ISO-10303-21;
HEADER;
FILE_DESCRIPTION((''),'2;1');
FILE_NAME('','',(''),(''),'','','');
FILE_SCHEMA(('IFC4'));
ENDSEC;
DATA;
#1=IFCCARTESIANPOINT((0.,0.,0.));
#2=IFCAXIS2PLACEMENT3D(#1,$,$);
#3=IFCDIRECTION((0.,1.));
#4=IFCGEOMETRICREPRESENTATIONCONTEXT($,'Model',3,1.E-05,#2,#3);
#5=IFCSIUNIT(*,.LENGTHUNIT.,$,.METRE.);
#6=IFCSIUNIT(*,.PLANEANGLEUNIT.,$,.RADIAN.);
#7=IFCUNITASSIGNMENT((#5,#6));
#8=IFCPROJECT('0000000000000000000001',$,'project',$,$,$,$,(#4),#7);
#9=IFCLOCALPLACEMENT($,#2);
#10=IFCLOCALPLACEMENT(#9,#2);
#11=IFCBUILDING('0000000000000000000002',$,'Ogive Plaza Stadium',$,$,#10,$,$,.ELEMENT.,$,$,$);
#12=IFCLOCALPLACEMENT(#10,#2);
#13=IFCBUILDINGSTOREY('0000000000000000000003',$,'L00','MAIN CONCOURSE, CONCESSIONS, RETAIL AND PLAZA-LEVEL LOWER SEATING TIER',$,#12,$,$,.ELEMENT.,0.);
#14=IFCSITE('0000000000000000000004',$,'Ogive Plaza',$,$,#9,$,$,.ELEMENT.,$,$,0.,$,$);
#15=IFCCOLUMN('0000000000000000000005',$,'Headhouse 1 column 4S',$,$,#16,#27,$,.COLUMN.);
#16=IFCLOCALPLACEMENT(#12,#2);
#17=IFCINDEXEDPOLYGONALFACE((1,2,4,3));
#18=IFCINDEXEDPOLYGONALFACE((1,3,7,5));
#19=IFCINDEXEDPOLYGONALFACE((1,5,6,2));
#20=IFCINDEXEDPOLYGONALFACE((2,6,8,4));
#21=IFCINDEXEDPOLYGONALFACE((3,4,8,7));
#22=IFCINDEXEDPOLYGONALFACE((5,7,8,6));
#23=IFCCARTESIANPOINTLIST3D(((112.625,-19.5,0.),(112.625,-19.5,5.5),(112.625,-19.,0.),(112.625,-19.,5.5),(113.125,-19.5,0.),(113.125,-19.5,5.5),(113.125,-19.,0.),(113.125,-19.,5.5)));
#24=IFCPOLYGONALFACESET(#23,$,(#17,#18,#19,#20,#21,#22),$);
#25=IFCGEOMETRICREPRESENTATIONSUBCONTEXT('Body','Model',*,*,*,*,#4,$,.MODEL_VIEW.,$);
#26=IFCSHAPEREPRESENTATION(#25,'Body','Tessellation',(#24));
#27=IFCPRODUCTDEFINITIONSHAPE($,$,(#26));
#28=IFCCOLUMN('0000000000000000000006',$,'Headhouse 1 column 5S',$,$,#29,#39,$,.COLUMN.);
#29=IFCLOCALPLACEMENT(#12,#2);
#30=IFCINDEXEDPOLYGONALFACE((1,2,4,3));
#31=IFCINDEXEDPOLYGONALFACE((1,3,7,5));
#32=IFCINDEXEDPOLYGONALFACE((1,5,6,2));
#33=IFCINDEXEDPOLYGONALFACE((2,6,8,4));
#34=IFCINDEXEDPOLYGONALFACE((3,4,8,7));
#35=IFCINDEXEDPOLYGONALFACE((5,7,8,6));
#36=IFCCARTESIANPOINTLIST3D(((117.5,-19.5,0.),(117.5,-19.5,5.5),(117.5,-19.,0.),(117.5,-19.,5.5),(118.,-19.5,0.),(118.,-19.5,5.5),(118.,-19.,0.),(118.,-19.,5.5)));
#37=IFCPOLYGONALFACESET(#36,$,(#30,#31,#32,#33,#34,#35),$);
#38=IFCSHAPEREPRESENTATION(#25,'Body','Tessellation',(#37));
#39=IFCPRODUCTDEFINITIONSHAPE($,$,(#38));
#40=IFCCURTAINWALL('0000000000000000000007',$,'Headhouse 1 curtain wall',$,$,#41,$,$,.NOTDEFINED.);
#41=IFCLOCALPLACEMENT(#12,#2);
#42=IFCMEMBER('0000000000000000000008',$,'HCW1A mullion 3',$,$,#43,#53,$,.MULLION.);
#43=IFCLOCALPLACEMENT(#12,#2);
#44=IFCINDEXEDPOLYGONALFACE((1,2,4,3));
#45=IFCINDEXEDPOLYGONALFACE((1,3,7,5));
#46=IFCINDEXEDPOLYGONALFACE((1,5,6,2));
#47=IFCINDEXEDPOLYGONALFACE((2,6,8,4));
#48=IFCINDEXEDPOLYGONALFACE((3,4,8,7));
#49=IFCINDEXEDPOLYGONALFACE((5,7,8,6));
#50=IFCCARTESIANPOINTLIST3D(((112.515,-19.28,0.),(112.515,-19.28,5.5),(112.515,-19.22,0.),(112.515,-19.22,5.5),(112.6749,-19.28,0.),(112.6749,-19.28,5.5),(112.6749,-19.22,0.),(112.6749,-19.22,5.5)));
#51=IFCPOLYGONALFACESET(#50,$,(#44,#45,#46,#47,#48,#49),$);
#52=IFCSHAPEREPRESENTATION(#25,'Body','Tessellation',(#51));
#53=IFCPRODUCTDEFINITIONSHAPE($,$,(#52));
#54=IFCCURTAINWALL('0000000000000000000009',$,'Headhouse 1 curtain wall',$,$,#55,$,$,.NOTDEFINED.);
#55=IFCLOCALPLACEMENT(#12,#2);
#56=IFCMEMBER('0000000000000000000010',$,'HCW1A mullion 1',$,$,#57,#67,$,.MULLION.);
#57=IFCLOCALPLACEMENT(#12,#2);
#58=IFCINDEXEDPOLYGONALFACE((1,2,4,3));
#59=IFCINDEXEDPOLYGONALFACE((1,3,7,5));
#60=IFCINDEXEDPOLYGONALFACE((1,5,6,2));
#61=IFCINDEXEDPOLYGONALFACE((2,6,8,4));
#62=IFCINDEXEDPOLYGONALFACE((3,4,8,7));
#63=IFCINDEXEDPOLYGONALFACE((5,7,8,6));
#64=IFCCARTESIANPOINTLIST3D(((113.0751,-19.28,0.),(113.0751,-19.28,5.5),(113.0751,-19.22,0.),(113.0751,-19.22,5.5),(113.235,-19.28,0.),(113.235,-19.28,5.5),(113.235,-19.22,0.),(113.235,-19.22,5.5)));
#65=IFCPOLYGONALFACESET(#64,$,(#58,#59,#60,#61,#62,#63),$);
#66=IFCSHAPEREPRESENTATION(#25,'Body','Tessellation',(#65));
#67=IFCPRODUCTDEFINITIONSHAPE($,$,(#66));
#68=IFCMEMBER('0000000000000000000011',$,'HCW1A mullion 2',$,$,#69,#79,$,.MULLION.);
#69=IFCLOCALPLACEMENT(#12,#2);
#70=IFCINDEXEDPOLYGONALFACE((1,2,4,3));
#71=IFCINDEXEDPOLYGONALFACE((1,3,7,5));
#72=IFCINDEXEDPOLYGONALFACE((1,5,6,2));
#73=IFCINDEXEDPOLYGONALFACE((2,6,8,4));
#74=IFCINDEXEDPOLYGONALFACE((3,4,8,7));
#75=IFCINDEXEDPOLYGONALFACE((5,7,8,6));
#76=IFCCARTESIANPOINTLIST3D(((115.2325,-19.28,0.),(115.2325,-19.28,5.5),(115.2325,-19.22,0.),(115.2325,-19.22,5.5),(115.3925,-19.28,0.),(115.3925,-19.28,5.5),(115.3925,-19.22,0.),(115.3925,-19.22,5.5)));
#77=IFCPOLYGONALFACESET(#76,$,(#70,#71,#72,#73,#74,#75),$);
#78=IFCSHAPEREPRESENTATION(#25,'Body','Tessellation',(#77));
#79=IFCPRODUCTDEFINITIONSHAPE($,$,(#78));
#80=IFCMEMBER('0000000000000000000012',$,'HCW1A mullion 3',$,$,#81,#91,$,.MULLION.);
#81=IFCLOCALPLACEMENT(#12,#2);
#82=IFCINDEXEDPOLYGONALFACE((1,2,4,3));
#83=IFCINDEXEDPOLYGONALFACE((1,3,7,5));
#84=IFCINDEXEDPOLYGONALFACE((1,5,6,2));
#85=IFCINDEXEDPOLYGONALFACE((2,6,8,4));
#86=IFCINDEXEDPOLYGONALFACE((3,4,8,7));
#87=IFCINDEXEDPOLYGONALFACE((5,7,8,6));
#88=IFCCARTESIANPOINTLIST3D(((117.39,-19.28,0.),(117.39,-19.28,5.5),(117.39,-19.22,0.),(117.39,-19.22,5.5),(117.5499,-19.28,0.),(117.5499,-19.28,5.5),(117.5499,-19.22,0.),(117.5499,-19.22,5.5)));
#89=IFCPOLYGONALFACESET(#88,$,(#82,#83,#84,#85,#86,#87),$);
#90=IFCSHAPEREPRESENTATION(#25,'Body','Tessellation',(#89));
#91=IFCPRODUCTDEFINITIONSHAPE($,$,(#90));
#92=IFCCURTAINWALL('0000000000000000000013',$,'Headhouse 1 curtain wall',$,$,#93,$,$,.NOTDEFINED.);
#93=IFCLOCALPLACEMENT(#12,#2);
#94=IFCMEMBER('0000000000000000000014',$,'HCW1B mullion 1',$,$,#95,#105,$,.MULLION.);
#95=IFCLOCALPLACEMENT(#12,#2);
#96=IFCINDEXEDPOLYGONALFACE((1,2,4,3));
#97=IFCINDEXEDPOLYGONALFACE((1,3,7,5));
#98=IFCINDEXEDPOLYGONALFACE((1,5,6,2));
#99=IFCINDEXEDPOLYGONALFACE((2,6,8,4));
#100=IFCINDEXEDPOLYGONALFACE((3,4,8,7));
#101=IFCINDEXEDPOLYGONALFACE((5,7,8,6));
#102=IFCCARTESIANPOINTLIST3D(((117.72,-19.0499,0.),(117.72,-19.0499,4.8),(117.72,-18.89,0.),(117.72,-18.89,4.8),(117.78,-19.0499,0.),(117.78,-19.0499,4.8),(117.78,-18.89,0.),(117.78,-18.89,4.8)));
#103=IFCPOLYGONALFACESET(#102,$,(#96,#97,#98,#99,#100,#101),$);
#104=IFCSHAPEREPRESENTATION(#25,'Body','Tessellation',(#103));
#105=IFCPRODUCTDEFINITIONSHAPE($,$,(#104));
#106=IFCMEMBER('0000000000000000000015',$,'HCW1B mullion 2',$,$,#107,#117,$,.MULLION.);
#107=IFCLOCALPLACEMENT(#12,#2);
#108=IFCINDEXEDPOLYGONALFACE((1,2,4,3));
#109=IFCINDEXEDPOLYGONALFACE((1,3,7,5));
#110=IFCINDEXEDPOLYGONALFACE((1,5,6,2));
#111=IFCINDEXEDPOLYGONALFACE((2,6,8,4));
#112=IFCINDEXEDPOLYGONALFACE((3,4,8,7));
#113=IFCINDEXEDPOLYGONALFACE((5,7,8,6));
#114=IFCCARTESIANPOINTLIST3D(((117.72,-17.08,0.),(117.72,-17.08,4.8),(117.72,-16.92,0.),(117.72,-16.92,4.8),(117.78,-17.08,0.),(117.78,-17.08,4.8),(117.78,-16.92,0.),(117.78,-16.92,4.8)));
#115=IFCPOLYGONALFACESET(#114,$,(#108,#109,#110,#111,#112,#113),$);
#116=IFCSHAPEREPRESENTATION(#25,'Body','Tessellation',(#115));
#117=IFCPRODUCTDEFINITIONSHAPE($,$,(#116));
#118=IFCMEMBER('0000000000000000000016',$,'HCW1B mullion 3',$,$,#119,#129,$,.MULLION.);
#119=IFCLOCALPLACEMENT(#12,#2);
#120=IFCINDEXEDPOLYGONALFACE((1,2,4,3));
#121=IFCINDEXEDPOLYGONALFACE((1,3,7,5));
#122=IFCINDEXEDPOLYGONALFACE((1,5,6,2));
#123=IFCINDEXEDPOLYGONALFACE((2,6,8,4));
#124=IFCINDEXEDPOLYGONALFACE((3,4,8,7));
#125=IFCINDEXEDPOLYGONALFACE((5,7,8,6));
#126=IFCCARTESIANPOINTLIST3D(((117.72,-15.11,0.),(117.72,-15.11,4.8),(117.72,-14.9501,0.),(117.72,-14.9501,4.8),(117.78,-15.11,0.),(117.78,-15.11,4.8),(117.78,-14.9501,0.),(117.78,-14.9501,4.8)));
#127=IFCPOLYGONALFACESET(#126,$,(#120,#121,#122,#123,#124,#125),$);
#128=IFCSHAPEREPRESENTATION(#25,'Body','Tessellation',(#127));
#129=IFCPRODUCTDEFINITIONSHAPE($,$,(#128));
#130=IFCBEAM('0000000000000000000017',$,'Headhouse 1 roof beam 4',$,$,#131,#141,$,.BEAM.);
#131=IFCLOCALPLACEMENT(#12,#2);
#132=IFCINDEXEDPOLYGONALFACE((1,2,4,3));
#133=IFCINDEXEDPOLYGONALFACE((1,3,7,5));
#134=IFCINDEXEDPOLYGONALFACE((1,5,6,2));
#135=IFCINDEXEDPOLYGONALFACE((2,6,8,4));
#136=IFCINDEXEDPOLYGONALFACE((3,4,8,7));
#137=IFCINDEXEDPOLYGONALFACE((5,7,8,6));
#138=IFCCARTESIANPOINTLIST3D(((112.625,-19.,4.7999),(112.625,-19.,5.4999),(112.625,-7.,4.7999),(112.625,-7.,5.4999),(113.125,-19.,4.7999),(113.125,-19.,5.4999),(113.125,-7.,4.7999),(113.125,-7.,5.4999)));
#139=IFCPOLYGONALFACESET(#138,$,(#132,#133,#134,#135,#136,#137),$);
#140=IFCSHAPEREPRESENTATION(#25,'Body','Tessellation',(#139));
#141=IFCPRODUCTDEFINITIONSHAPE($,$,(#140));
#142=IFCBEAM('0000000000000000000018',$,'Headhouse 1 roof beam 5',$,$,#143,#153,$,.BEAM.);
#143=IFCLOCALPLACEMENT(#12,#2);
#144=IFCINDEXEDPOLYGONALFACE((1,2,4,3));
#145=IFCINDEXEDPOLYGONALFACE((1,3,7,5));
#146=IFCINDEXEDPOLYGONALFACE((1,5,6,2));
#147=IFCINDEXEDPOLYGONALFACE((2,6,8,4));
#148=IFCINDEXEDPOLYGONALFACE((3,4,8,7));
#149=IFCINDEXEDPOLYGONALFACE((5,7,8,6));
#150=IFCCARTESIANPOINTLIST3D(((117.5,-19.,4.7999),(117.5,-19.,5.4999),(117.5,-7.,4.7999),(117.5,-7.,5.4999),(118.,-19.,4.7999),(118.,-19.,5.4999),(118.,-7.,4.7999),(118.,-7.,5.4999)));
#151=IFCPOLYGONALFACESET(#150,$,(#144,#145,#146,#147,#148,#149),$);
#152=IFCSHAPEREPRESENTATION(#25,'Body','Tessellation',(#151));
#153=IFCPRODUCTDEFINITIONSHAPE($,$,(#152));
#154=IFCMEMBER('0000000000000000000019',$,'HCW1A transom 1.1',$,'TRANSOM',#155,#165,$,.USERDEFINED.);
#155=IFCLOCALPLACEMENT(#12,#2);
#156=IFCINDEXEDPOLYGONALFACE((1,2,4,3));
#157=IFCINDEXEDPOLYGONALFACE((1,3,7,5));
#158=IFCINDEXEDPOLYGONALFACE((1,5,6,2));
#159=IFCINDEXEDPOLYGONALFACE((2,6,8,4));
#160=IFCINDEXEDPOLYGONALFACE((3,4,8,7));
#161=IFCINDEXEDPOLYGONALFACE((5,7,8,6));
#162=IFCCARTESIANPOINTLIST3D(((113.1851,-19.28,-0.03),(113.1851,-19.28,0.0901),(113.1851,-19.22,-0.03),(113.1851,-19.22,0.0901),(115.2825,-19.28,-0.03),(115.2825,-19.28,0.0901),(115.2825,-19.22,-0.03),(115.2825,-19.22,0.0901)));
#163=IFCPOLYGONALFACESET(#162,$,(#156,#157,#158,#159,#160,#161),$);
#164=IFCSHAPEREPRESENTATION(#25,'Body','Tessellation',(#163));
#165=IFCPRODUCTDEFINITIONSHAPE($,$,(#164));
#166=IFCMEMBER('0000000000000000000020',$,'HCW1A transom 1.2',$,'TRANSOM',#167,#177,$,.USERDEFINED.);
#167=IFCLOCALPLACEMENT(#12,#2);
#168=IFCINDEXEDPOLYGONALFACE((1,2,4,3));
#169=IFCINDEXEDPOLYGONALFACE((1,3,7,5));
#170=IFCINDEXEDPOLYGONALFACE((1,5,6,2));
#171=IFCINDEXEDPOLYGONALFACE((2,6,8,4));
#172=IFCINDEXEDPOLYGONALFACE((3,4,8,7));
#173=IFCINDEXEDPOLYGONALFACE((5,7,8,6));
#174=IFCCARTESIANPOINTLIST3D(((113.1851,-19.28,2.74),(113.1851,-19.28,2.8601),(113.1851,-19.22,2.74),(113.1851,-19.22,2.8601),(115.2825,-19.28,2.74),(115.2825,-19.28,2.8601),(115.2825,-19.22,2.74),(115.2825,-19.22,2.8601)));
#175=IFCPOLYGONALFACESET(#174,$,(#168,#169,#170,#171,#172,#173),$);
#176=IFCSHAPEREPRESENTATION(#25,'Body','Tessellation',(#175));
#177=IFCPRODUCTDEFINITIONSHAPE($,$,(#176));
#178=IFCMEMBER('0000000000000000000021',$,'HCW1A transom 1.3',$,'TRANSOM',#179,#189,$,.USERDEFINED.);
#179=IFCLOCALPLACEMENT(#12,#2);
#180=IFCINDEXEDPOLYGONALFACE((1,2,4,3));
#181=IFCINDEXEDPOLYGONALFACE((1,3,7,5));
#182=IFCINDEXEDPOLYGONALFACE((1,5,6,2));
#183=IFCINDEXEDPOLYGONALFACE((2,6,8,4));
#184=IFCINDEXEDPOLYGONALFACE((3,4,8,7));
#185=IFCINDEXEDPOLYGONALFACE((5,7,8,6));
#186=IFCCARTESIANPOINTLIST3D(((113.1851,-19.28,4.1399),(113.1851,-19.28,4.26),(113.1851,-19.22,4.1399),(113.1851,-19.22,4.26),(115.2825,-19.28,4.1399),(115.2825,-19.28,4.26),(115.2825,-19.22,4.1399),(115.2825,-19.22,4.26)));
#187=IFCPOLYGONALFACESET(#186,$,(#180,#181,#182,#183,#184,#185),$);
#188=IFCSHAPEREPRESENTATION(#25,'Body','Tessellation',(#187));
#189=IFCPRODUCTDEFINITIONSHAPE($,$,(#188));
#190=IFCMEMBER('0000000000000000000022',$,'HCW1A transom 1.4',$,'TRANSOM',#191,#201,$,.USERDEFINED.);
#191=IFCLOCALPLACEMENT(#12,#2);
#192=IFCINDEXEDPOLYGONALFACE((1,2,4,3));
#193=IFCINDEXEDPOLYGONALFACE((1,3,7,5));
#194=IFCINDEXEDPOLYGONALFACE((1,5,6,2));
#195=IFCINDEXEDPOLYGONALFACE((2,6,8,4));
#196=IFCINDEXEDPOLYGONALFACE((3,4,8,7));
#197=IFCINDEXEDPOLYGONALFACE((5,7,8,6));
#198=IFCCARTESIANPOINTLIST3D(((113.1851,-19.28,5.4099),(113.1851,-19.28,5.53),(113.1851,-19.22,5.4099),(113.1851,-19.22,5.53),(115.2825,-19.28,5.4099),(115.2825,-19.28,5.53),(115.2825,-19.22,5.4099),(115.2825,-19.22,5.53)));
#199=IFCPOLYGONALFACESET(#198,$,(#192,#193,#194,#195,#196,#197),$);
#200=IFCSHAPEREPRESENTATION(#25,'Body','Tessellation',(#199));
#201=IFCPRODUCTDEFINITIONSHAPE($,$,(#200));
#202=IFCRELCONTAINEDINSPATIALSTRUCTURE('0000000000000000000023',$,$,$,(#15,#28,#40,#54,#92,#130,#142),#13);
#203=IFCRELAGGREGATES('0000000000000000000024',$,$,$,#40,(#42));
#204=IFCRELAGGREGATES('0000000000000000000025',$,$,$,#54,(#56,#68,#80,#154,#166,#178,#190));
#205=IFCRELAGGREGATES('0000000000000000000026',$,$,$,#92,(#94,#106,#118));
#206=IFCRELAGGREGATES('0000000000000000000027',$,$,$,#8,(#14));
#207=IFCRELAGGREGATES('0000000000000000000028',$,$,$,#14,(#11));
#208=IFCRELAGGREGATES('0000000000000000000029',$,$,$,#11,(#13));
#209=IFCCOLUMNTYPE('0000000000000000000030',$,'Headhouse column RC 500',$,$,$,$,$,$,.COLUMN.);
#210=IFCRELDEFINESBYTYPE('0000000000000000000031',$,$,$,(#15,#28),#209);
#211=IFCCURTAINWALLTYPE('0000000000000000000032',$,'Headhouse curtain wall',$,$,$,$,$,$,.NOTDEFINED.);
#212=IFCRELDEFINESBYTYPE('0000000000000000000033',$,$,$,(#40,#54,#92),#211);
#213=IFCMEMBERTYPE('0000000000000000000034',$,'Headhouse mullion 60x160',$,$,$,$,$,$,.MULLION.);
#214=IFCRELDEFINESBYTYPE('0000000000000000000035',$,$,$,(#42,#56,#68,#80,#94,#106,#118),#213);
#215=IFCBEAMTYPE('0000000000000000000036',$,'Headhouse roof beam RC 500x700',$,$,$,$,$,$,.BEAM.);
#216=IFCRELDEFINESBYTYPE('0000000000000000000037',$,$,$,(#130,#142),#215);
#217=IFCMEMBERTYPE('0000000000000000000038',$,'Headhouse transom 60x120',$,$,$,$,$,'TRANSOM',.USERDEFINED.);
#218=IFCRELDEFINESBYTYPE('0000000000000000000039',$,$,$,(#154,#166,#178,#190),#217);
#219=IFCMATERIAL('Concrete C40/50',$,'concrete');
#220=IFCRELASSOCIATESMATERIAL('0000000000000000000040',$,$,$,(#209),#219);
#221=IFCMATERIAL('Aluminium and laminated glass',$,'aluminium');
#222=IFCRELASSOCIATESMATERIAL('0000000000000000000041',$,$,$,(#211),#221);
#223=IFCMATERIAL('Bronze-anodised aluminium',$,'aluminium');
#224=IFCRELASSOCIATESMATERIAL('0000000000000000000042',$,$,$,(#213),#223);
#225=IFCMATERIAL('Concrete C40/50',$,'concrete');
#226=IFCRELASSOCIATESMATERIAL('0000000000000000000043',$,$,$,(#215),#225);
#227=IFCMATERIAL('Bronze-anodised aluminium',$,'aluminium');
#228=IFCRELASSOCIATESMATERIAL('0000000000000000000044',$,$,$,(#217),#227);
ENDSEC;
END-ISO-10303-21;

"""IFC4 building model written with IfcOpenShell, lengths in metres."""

from ifc_helpers import new_model, si_unit, direction, frame, origin, origin_2d, place, context, subcontext, project, spatial, rectangle, extrude, material, material_profile, profile_set, type_object, element, aggregate, save


model = new_model("IFC4")

# Units and contexts
model_context = context("Model", 3, precision=1e-05, world=origin(), true_north=direction((0.0, 1.0)))
body_context = subcontext(model_context, "Body", "Model", "MODEL_VIEW")
ifc_project = project(units=[si_unit("LENGTHUNIT", "METRE"), si_unit("PLANEANGLEUNIT", "RADIAN")], contexts=[model_context])

# Site, building, storey
site_placement = place(None, origin())
site = spatial("IfcSite", under=ifc_project, at=site_placement, Name="Ogive Plaza", CompositionType="ELEMENT", RefElevation=0.0)
building_placement = place(site_placement, origin())
building = spatial("IfcBuilding", under=site, at=building_placement, Name="Ogive Plaza Stadium", CompositionType="ELEMENT")
storey_placement = place(building_placement, origin())
storey = spatial("IfcBuildingStorey", under=building, at=storey_placement, Name="L00", Description="MAIN CONCOURSE, CONCESSIONS, RETAIL AND PLAZA-LEVEL LOWER SEATING TIER", CompositionType="ELEMENT", Elevation=0.0)

# Columns
ifc_material_1 = material(Name="Concrete C40/50", Category="concrete")
ifc_material_profile_1 = material_profile(ifc_material_1, rectangle(XDim=0.5, YDim=0.5, at=origin_2d()), Name="Headhouse column RC 500")
ifc_profile_set_1 = profile_set([ifc_material_profile_1], Name="Concrete C40/50")
column_type = type_object("IfcColumnType", Name="Headhouse column RC 500", PredefinedType="COLUMN", material=ifc_profile_set_1)
for number, where, z_axis, x_axis, name in (
    (1, (112.875, -19.25, 0.0), (0.0, 0.0, 1.0), (1.0, 0.0, 0.0), "Headhouse 1 column 4S"),
    (2, (117.75, -19.25, 0.0), (0.0, 0.0, 1.0), (1.0, 0.0, 0.0), "Headhouse 1 column 5S"),
):
    element("IfcColumn", number, at=place(storey_placement, frame(where, z_axis=z_axis, x_axis=x_axis)), inside=storey, type_object=column_type, Name=name, PredefinedType="COLUMN", context=body_context, shape_type="SweptSolid", body=[
        extrude(rectangle(XDim=0.5, YDim=0.5, at=origin_2d()), origin(), (0.0, 0.0, 1.0), 5.5),
    ])

# Curtain wall, member
ifc_material_2 = material(Name="Aluminium and laminated glass", Category="aluminium")
curtain_wall_type = type_object("IfcCurtainWallType", Name="Headhouse curtain wall", PredefinedType="NOTDEFINED", material=ifc_material_2)
curtain_wall_1_placement = place(storey_placement, origin())
curtain_wall_1 = element("IfcCurtainWall", 3, at=curtain_wall_1_placement, inside=storey, type_object=curtain_wall_type, Name="Headhouse 1 curtain wall", PredefinedType="NOTDEFINED")
ifc_material_3 = material(Name="Bronze-anodised aluminium", Category="aluminium")
ifc_material_profile_2 = material_profile(ifc_material_3, rectangle(XDim=0.0601, YDim=0.1599, at=origin_2d()), Name="Headhouse mullion 60x160")
ifc_profile_set_2 = profile_set([ifc_material_profile_2], Name="Bronze-anodised aluminium")
member_type_1 = type_object("IfcMemberType", Name="Headhouse mullion 60x160", PredefinedType="MULLION", material=ifc_profile_set_2)
member_1_placement = place(storey_placement, frame((112.595, -19.25, 0.0), z_axis=(0.0, 0.0, 1.0), x_axis=(0.0, 1.0, 0.0)))
member_1 = element("IfcMember", 4, at=member_1_placement, type_object=member_type_1, Name="HCW1A mullion 3", PredefinedType="MULLION", context=body_context, shape_type="SweptSolid", body=[
    extrude(rectangle(XDim=0.0601, YDim=0.1599, at=origin_2d()), origin(), (0.0, 0.0, 1.0), 5.5),
])
aggregate(curtain_wall_1, [member_1])

# Curtain walls, members
curtain_wall_2_placement = place(storey_placement, origin())
curtain_wall_2 = element("IfcCurtainWall", 5, at=curtain_wall_2_placement, inside=storey, type_object=curtain_wall_type, Name="Headhouse 1 curtain wall", PredefinedType="NOTDEFINED")
member_2_placement = place(storey_placement, frame((113.155, -19.25, 0.0), z_axis=(0.0, 0.0, 1.0), x_axis=(0.0, 1.0, 0.0)))
member_2 = element("IfcMember", 6, at=member_2_placement, type_object=member_type_1, Name="HCW1A mullion 1", PredefinedType="MULLION", context=body_context, shape_type="SweptSolid", body=[
    extrude(rectangle(XDim=0.0601, YDim=0.1599, at=origin_2d()), origin(), (0.0, 0.0, 1.0), 5.5),
])
member_3_placement = place(storey_placement, frame((115.3125, -19.25, 0.0), z_axis=(0.0, 0.0, 1.0), x_axis=(0.0, 1.0, 0.0)))
member_3 = element("IfcMember", 7, at=member_3_placement, type_object=member_type_1, Name="HCW1A mullion 2", PredefinedType="MULLION", context=body_context, shape_type="SweptSolid", body=[
    extrude(rectangle(XDim=0.0601, YDim=0.1599, at=origin_2d()), origin(), (0.0, 0.0, 1.0), 5.5),
])
member_4_placement = place(storey_placement, frame((117.47, -19.25, 0.0), z_axis=(0.0, 0.0, 1.0), x_axis=(0.0, 1.0, 0.0)))
member_4 = element("IfcMember", 8, at=member_4_placement, type_object=member_type_1, Name="HCW1A mullion 3", PredefinedType="MULLION", context=body_context, shape_type="SweptSolid", body=[
    extrude(rectangle(XDim=0.0601, YDim=0.1599, at=origin_2d()), origin(), (0.0, 0.0, 1.0), 5.5),
])
curtain_wall_3_placement = place(storey_placement, origin())
curtain_wall_3 = element("IfcCurtainWall", 9, at=curtain_wall_3_placement, inside=storey, type_object=curtain_wall_type, Name="Headhouse 1 curtain wall", PredefinedType="NOTDEFINED")
member_5_placement = place(storey_placement, frame((117.75, -18.97, 0.0), z_axis=(0.0, 0.0, 1.0), x_axis=(-1.0, 0.0, 0.0)))
member_5 = element("IfcMember", 10, at=member_5_placement, type_object=member_type_1, Name="HCW1B mullion 1", PredefinedType="MULLION", context=body_context, shape_type="SweptSolid", body=[
    extrude(rectangle(XDim=0.0601, YDim=0.1599, at=origin_2d()), origin(), (0.0, 0.0, 1.0), 4.8),
])
member_6_placement = place(storey_placement, frame((117.75, -17.0, 0.0), z_axis=(0.0, 0.0, 1.0), x_axis=(-1.0, 0.0, 0.0)))
member_6 = element("IfcMember", 11, at=member_6_placement, type_object=member_type_1, Name="HCW1B mullion 2", PredefinedType="MULLION", context=body_context, shape_type="SweptSolid", body=[
    extrude(rectangle(XDim=0.0601, YDim=0.1599, at=origin_2d()), origin(), (0.0, 0.0, 1.0), 4.8),
])
member_7_placement = place(storey_placement, frame((117.75, -15.03, 0.0), z_axis=(0.0, 0.0, 1.0), x_axis=(-1.0, 0.0, 0.0)))
member_7 = element("IfcMember", 12, at=member_7_placement, type_object=member_type_1, Name="HCW1B mullion 3", PredefinedType="MULLION", context=body_context, shape_type="SweptSolid", body=[
    extrude(rectangle(XDim=0.0601, YDim=0.1599, at=origin_2d()), origin(), (0.0, 0.0, 1.0), 4.8),
])

# Beams
ifc_material_4 = material(Name="Concrete C40/50", Category="concrete")
ifc_material_profile_3 = material_profile(ifc_material_4, rectangle(XDim=0.5, YDim=0.7, at=origin_2d()), Name="Headhouse roof beam RC 500x700")
ifc_profile_set_3 = profile_set([ifc_material_profile_3], Name="Concrete C40/50")
beam_type = type_object("IfcBeamType", Name="Headhouse roof beam RC 500x700", PredefinedType="BEAM", material=ifc_profile_set_3)
for number, where, z_axis, x_axis, name in (
    (13, (112.875, -19.0, 5.1499), (0.0, 1.0, 0.0), (-1.0, 0.0, 0.0), "Headhouse 1 roof beam 4"),
    (14, (117.75, -19.0, 5.1499), (0.0, 1.0, 0.0), (-1.0, 0.0, 0.0), "Headhouse 1 roof beam 5"),
):
    element("IfcBeam", number, at=place(storey_placement, frame(where, z_axis=z_axis, x_axis=x_axis)), inside=storey, type_object=beam_type, Name=name, PredefinedType="BEAM", context=body_context, shape_type="SweptSolid", body=[
        extrude(rectangle(XDim=0.5, YDim=0.7, at=origin_2d()), origin(), (0.0, 0.0, 1.0), 12.0),
    ])

# Members
ifc_material_5 = material(Name="Bronze-anodised aluminium", Category="aluminium")
ifc_material_profile_4 = material_profile(ifc_material_5, rectangle(XDim=0.0601, YDim=0.1201, at=origin_2d()), Name="Headhouse transom 60x120")
ifc_profile_set_4 = profile_set([ifc_material_profile_4], Name="Bronze-anodised aluminium")
member_type_2 = type_object("IfcMemberType", Name="Headhouse transom 60x120", ElementType="TRANSOM", PredefinedType="USERDEFINED", material=ifc_profile_set_4)
member_8_placement = place(storey_placement, frame((113.1851, -19.25, 0.03), z_axis=(1.0, 0.0, 0.0), x_axis=(0.0, 1.0, 0.0)))
member_8 = element("IfcMember", 15, at=member_8_placement, type_object=member_type_2, Name="HCW1A transom 1.1", ObjectType="TRANSOM", PredefinedType="USERDEFINED", context=body_context, shape_type="SweptSolid", body=[
    extrude(rectangle(XDim=0.0601, YDim=0.1201, at=origin_2d()), origin(), (0.0, 0.0, 1.0), 2.0974),
])
member_9_placement = place(storey_placement, frame((113.1851, -19.25, 2.8), z_axis=(1.0, 0.0, 0.0), x_axis=(0.0, 1.0, 0.0)))
member_9 = element("IfcMember", 16, at=member_9_placement, type_object=member_type_2, Name="HCW1A transom 1.2", ObjectType="TRANSOM", PredefinedType="USERDEFINED", context=body_context, shape_type="SweptSolid", body=[
    extrude(rectangle(XDim=0.0601, YDim=0.1201, at=origin_2d()), origin(), (0.0, 0.0, 1.0), 2.0974),
])
member_10_placement = place(storey_placement, frame((113.1851, -19.25, 4.2), z_axis=(1.0, 0.0, 0.0), x_axis=(0.0, 1.0, 0.0)))
member_10 = element("IfcMember", 17, at=member_10_placement, type_object=member_type_2, Name="HCW1A transom 1.3", ObjectType="TRANSOM", PredefinedType="USERDEFINED", context=body_context, shape_type="SweptSolid", body=[
    extrude(rectangle(XDim=0.0601, YDim=0.1201, at=origin_2d()), origin(), (0.0, 0.0, 1.0), 2.0974),
])
member_11_placement = place(storey_placement, frame((113.1851, -19.25, 5.47), z_axis=(1.0, 0.0, 0.0), x_axis=(0.0, 1.0, 0.0)))
member_11 = element("IfcMember", 18, at=member_11_placement, type_object=member_type_2, Name="HCW1A transom 1.4", ObjectType="TRANSOM", PredefinedType="USERDEFINED", context=body_context, shape_type="SweptSolid", body=[
    extrude(rectangle(XDim=0.0601, YDim=0.1201, at=origin_2d()), origin(), (0.0, 0.0, 1.0), 2.0974),
])

aggregate(curtain_wall_2, [member_2, member_3, member_4, member_8, member_9, member_10, member_11])
aggregate(curtain_wall_3, [member_5, member_6, member_7])

save(model, "model.ifc")
